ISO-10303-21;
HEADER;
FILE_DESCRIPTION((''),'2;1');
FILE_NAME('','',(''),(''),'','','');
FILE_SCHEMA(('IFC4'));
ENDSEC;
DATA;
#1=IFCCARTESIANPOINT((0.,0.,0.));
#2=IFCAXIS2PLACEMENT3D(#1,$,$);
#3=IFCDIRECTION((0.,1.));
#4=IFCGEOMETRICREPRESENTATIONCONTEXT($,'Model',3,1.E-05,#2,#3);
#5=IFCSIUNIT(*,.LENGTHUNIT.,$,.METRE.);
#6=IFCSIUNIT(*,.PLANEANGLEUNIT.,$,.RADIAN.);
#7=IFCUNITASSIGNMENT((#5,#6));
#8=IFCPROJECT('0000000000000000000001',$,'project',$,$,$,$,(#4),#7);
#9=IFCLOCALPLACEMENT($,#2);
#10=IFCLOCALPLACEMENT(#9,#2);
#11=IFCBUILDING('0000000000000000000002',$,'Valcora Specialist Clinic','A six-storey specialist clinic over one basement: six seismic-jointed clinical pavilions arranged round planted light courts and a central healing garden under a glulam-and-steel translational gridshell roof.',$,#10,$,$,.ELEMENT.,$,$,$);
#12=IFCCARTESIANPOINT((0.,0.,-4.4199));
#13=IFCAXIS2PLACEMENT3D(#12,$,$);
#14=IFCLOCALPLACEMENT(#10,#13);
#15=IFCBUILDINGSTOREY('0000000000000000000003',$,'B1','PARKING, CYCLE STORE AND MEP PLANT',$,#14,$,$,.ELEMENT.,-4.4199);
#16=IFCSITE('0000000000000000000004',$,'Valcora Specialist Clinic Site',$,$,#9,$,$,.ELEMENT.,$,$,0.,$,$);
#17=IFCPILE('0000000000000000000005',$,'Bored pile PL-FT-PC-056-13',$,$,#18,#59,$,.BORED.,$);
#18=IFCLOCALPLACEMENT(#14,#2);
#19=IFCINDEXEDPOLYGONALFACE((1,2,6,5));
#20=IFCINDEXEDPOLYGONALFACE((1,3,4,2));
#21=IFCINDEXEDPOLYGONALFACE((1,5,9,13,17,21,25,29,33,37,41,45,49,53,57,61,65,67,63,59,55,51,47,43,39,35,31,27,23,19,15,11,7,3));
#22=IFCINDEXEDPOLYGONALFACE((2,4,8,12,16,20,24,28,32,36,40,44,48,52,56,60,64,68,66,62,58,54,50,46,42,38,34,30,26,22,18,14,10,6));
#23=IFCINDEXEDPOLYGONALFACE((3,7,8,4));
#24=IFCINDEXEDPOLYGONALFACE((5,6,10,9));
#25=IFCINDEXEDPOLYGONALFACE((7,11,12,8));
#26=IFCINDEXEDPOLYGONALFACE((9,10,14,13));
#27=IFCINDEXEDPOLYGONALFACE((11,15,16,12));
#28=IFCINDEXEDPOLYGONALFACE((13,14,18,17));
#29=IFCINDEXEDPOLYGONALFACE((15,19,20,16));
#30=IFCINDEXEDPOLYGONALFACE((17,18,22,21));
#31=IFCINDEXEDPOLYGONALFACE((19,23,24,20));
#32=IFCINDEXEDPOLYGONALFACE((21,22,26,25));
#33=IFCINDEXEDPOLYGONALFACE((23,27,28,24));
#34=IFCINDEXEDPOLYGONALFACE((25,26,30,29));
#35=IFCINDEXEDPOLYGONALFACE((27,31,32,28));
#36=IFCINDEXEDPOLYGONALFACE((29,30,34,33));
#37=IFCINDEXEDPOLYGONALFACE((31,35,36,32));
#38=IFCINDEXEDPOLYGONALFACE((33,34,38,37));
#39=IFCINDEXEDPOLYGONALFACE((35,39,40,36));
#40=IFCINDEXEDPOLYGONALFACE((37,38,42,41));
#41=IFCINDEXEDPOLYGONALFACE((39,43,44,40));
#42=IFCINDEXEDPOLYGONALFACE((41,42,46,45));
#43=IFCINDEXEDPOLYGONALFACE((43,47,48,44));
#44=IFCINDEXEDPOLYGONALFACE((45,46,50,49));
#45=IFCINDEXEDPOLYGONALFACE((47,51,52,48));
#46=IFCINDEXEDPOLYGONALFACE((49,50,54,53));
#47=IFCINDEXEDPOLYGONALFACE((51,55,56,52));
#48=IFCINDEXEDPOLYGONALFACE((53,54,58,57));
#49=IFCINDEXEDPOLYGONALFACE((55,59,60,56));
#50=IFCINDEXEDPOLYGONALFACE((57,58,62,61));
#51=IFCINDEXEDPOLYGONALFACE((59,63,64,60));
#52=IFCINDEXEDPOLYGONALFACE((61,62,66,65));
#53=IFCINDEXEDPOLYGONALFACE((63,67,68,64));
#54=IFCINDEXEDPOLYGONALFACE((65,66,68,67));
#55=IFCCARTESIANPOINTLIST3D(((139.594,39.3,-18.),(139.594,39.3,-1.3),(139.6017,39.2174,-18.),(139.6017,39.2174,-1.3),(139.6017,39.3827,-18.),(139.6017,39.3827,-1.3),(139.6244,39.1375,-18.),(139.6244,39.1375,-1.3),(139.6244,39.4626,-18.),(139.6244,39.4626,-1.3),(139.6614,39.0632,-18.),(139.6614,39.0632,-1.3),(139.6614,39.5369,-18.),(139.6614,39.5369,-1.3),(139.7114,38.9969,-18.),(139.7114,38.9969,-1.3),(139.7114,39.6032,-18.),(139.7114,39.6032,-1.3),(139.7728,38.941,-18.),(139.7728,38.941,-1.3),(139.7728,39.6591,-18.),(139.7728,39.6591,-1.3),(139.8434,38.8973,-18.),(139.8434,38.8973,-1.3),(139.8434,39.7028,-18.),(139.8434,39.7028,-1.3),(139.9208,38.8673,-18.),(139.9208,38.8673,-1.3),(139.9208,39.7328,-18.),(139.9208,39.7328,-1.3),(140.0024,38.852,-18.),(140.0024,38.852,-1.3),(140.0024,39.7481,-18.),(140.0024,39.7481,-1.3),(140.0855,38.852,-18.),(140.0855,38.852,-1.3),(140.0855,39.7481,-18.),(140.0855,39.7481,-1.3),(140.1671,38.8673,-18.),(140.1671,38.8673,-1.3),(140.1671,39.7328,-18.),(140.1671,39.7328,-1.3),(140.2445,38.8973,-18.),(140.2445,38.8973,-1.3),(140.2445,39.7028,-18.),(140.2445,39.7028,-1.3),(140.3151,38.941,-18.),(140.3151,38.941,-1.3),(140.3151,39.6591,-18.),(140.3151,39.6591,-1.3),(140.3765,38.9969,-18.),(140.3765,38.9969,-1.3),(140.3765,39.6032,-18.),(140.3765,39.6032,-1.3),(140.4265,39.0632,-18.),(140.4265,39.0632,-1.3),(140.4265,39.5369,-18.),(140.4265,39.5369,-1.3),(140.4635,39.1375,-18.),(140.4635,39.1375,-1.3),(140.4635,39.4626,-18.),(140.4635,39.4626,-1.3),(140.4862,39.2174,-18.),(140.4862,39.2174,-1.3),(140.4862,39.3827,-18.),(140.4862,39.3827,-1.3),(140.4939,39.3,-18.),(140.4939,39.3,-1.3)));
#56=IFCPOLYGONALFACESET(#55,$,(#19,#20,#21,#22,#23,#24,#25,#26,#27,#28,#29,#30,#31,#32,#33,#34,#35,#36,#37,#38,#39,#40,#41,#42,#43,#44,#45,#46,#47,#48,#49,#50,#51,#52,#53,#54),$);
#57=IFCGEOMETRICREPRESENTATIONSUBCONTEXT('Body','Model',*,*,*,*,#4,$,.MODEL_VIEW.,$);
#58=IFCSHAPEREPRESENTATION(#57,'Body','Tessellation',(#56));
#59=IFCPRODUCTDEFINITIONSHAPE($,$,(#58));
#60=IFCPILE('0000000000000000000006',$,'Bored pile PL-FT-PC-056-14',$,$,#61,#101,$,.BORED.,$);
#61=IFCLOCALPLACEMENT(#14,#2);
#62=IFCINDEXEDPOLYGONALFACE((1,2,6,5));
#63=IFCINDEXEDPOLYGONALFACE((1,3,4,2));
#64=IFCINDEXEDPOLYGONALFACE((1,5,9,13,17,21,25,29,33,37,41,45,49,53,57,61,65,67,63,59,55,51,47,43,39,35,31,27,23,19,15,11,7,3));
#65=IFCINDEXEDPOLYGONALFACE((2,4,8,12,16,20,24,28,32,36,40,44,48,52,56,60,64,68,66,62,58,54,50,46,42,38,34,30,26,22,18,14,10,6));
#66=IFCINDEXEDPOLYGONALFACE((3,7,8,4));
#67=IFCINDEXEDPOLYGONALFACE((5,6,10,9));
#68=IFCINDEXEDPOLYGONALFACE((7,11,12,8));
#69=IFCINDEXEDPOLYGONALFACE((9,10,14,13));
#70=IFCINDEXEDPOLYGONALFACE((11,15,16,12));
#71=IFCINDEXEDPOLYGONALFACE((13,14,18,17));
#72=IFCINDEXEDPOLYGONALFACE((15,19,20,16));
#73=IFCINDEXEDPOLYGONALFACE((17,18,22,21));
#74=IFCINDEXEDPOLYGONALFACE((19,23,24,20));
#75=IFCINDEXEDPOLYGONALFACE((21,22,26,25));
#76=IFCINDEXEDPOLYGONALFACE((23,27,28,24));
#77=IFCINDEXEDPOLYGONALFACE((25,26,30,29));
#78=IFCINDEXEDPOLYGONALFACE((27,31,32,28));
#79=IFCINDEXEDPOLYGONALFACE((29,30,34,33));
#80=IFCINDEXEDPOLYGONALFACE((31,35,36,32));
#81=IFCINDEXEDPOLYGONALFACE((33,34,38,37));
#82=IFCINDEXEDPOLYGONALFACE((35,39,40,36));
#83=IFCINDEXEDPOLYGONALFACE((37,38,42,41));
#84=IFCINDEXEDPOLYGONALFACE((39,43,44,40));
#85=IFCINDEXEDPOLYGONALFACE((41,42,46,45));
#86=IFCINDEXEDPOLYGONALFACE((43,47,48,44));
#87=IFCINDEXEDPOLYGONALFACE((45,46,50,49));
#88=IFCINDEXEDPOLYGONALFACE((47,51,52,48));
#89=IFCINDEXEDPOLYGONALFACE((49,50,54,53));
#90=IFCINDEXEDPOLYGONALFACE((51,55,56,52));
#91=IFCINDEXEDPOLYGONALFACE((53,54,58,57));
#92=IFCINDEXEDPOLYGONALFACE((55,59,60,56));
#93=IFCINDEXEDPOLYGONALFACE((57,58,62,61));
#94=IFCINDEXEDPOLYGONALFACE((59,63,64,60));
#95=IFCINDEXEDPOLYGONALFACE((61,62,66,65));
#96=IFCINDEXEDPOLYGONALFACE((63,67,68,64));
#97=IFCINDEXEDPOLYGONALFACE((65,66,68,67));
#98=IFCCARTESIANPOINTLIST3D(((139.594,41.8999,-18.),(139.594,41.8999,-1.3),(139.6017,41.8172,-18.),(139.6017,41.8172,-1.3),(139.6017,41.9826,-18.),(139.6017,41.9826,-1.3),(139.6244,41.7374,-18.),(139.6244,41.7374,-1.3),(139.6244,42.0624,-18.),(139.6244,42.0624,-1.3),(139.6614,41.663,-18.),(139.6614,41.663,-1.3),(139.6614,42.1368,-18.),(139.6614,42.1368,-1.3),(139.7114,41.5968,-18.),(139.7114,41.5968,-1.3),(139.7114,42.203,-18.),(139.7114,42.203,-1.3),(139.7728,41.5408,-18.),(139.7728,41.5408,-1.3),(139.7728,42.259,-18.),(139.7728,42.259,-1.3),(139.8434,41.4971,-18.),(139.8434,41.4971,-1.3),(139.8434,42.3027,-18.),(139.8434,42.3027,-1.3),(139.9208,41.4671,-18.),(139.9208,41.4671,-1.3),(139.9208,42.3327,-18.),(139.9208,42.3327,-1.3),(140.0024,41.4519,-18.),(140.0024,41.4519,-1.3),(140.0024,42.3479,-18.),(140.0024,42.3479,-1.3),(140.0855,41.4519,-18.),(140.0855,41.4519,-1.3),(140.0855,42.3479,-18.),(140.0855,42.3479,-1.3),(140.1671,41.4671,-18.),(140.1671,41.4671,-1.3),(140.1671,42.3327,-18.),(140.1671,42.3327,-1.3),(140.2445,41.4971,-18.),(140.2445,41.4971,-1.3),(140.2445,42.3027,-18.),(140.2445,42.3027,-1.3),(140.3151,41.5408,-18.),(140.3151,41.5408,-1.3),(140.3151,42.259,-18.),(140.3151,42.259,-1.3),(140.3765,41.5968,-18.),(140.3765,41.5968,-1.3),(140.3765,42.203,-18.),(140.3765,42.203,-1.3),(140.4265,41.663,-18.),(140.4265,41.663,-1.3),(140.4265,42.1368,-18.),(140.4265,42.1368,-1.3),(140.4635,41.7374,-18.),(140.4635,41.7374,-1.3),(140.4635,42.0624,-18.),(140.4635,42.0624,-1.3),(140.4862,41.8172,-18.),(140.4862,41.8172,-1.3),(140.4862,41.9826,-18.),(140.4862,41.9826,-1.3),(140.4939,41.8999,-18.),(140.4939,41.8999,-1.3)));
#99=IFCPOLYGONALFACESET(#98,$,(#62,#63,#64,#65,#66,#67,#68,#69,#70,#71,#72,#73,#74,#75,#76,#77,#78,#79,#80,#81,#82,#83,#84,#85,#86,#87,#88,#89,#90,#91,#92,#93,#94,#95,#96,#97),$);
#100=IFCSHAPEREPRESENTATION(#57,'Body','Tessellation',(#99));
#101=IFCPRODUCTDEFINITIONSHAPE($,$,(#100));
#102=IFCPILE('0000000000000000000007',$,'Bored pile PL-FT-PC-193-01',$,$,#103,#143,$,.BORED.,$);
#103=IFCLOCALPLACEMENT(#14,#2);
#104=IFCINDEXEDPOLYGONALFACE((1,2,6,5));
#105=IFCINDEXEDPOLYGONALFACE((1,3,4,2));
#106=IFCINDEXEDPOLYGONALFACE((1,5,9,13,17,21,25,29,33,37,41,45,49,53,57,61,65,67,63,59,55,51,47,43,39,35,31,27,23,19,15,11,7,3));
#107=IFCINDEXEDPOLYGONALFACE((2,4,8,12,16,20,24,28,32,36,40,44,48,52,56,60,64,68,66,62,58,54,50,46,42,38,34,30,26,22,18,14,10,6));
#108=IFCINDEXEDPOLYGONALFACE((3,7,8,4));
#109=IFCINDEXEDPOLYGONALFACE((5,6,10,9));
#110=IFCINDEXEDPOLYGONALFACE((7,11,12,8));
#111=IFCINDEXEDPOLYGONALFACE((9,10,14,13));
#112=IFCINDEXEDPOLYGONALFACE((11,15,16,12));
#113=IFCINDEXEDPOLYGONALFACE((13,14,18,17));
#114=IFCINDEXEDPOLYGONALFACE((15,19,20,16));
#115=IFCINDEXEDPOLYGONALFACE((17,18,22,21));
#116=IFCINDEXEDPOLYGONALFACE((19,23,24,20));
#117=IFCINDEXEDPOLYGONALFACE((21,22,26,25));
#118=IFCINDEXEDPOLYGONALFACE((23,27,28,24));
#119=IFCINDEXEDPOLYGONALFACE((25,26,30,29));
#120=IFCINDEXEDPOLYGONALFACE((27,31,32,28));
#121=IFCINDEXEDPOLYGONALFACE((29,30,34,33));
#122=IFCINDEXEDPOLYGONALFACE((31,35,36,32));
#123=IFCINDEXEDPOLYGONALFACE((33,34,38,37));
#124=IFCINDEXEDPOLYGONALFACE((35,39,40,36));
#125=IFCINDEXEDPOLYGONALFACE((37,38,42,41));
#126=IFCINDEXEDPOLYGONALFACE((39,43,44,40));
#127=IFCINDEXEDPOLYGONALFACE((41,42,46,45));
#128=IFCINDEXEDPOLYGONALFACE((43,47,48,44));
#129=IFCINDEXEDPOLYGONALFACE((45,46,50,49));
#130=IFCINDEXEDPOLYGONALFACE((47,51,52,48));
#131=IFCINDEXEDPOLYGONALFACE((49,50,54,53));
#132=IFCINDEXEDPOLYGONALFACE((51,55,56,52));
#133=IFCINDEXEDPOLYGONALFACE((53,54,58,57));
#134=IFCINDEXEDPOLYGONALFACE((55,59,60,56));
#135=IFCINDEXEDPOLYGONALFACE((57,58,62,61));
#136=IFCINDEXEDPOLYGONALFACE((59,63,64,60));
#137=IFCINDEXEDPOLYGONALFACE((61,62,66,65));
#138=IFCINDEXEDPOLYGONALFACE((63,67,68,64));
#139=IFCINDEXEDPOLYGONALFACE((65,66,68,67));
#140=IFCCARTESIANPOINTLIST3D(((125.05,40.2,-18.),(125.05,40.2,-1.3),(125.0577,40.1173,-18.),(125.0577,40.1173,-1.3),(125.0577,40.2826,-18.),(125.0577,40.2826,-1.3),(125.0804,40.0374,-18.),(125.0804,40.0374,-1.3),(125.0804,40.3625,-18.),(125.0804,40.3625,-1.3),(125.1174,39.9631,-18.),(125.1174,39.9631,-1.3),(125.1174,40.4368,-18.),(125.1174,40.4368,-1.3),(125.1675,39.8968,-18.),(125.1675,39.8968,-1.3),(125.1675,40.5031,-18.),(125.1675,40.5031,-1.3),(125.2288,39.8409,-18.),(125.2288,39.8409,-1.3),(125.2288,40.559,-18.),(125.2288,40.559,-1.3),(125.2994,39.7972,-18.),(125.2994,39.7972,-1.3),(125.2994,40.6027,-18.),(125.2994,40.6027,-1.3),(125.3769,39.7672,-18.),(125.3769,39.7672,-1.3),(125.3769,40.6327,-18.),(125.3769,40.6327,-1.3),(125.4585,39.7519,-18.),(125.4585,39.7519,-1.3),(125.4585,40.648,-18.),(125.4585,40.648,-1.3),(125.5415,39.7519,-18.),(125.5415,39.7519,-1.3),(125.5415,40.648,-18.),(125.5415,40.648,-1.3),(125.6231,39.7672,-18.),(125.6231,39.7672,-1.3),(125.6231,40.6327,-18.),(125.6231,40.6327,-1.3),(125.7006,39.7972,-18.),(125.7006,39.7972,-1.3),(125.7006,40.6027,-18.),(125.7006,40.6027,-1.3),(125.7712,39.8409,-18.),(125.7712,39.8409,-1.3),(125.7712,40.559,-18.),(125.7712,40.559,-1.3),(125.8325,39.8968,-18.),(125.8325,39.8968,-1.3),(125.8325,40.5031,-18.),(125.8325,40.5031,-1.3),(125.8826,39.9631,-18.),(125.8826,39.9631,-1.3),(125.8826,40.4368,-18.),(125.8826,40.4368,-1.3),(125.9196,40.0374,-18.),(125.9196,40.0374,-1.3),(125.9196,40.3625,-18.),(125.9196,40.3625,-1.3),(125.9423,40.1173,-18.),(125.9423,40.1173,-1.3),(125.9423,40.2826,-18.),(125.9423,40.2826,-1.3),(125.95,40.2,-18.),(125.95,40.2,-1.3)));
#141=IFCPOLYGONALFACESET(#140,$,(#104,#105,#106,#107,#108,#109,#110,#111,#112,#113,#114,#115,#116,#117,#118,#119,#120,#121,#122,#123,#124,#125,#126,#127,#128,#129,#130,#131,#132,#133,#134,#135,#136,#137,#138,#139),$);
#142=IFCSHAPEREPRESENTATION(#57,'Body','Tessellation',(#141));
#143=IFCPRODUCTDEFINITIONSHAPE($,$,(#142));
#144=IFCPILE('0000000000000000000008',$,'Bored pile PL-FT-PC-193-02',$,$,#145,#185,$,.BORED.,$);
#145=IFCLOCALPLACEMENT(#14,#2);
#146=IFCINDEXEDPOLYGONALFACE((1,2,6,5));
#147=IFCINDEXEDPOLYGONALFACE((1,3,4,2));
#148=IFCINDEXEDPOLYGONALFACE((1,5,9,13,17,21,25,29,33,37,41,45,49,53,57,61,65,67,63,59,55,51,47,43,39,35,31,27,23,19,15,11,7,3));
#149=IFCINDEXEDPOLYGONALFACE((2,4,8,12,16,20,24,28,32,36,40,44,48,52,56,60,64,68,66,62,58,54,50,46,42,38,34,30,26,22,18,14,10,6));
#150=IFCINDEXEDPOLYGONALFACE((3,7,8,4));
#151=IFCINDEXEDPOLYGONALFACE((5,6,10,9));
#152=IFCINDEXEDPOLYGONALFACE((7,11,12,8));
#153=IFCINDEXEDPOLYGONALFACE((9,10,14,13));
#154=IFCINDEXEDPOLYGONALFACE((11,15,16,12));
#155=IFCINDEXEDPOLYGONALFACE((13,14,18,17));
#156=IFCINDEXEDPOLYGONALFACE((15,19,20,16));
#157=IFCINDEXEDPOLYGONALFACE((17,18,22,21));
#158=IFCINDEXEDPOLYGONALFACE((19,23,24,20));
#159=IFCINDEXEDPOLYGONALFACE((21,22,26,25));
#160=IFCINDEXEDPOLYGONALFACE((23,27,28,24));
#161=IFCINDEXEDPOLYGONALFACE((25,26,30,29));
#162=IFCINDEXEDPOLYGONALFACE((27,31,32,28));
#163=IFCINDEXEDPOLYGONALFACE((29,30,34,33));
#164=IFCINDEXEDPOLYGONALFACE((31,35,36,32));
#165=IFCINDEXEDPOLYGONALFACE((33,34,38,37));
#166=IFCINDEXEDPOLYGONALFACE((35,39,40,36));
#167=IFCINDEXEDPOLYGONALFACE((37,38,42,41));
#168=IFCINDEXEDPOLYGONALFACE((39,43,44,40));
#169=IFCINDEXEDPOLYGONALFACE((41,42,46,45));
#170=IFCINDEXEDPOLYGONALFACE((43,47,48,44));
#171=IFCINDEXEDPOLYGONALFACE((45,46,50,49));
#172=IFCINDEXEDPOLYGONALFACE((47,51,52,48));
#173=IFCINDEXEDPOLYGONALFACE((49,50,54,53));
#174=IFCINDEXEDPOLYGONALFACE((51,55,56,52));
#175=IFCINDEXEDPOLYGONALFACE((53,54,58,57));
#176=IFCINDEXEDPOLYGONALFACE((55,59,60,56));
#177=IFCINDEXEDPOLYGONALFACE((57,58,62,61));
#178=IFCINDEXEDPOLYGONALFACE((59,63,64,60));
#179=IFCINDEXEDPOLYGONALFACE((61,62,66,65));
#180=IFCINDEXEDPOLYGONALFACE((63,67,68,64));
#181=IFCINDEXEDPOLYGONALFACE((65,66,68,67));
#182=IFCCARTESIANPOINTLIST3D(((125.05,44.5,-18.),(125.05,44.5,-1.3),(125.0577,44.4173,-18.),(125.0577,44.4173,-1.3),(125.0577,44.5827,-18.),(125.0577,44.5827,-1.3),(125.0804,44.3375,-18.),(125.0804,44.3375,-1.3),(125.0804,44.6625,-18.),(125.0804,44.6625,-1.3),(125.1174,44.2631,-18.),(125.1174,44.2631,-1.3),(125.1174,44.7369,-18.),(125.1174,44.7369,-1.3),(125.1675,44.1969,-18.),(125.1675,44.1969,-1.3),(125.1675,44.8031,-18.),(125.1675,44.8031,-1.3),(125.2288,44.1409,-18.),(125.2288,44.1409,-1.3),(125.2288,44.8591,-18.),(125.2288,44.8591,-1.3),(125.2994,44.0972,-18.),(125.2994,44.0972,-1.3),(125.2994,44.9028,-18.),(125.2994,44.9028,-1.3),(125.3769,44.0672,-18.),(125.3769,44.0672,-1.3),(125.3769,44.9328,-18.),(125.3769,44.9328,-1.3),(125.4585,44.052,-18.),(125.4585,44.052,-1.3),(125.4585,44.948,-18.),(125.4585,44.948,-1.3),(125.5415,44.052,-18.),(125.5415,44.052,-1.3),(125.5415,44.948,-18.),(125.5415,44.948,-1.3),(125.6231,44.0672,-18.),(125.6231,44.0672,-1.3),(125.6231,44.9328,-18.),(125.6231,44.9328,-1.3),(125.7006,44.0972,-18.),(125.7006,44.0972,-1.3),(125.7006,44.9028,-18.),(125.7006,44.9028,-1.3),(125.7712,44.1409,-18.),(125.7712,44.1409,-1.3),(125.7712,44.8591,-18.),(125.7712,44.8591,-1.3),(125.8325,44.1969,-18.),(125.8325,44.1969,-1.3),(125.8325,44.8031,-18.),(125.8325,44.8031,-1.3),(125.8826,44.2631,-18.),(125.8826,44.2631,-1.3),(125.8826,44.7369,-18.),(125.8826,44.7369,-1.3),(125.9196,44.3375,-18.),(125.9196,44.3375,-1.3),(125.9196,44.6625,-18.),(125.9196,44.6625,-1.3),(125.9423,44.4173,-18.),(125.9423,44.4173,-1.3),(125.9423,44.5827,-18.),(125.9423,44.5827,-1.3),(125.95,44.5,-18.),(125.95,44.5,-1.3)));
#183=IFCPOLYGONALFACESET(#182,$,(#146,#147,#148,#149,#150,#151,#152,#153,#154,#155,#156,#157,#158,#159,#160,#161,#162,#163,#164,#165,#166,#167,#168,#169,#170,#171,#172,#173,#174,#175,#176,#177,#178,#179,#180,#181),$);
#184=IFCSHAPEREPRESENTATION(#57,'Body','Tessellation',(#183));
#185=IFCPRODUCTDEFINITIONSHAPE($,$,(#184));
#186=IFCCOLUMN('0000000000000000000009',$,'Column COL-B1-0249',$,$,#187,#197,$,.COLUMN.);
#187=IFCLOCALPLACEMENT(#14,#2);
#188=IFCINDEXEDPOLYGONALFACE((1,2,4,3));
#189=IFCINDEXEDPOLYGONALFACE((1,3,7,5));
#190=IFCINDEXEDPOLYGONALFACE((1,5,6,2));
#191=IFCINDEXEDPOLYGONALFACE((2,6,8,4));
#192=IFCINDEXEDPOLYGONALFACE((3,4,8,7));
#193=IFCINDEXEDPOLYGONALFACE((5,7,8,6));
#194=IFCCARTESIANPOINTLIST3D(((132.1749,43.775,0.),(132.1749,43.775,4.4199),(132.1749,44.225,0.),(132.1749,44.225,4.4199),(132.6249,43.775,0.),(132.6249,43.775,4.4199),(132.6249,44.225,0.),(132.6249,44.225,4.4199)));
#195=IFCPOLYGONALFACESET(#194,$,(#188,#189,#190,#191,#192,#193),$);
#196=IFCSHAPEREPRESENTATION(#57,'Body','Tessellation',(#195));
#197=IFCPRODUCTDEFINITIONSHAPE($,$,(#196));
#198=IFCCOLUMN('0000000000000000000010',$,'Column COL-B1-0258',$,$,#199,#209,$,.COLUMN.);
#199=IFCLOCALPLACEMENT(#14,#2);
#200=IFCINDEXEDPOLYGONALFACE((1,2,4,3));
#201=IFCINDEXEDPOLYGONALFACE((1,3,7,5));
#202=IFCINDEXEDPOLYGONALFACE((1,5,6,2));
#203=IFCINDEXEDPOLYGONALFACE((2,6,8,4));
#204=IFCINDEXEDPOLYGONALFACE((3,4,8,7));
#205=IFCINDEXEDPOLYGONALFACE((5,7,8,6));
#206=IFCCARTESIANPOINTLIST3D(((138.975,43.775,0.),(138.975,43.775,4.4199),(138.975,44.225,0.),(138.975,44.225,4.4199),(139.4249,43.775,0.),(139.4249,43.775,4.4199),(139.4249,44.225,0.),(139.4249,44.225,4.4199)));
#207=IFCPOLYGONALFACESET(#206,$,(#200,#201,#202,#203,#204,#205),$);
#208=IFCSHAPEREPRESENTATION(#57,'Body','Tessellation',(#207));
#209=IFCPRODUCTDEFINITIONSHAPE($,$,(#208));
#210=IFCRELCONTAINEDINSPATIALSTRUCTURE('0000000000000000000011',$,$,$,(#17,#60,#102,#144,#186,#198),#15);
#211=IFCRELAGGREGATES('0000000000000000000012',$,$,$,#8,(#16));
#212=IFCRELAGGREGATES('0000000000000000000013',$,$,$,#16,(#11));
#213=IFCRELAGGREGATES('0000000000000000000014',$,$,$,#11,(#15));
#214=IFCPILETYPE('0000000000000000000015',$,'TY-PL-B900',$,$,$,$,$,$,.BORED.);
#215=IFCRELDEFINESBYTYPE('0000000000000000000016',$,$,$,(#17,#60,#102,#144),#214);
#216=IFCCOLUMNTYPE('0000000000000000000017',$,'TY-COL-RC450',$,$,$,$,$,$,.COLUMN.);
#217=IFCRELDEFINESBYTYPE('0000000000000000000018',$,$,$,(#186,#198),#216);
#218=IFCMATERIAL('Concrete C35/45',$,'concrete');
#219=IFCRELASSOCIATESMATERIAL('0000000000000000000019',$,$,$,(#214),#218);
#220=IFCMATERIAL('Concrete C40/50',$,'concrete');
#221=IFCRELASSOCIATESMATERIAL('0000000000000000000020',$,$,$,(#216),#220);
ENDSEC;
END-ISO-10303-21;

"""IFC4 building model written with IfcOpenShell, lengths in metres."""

from ifc_helpers import new_model, si_unit, direction, frame, origin, origin_2d, place, context, subcontext, project, spatial, rectangle, circle, extrude, material, material_profile, profile_set, type_object, element, save


model = new_model("IFC4")

# Units and contexts
model_context = context("Model", 3, precision=1e-05, world=origin(), true_north=direction((0.0, 1.0)))
body_context = subcontext(model_context, "Body", "Model", "MODEL_VIEW")
ifc_project = project(units=[si_unit("LENGTHUNIT", "METRE"), si_unit("PLANEANGLEUNIT", "RADIAN")], contexts=[model_context])

# Site, building, storey
site_placement = place(None, origin())
site = spatial("IfcSite", under=ifc_project, at=site_placement, Name="Valcora Specialist Clinic Site", CompositionType="ELEMENT", RefElevation=0.0)
building_placement = place(site_placement, origin())
building = spatial("IfcBuilding", under=site, at=building_placement, Name="Valcora Specialist Clinic", Description="A six-storey specialist clinic over one basement: six seismic-jointed clinical pavilions arranged round planted light courts and a central healing garden under a glulam-and-steel translational gridshell roof.", CompositionType="ELEMENT")
storey_placement = place(building_placement, frame((0.0, 0.0, -4.4199)))
storey = spatial("IfcBuildingStorey", under=building, at=storey_placement, Name="B1", Description="PARKING, CYCLE STORE AND MEP PLANT", CompositionType="ELEMENT", Elevation=-4.4199)

# Piles
ifc_material_1 = material(Name="Concrete C35/45", Category="concrete")
ifc_material_profile_1 = material_profile(ifc_material_1, circle(Radius=0.45, at=origin_2d()), Name="RC-PIL-D900")
ifc_profile_set_1 = profile_set([ifc_material_profile_1], Name="Concrete C35/45")
pile_type = type_object("IfcPileType", Name="TY-PL-B900", PredefinedType="BORED", material=ifc_profile_set_1)
for number, where, z_axis, x_axis, name in (
    (1, (140.0439, 39.3, -1.3), (0.0, 0.0, -1.0), (1.0, 0.0, 0.0), "Bored pile PL-FT-PC-056-13"),
    (2, (140.0439, 41.8999, -1.3), (0.0, 0.0, -1.0), (1.0, 0.0, 0.0), "Bored pile PL-FT-PC-056-14"),
    (3, (125.5, 40.2, -1.3), (0.0, 0.0, -1.0), (1.0, 0.0, 0.0), "Bored pile PL-FT-PC-193-01"),
    (4, (125.5, 44.5, -1.3), (0.0, 0.0, -1.0), (1.0, 0.0, 0.0), "Bored pile PL-FT-PC-193-02"),
):
    element("IfcPile", number, at=place(storey_placement, frame(where, z_axis=z_axis, x_axis=x_axis)), inside=storey, type_object=pile_type, Name=name, PredefinedType="BORED", context=body_context, shape_type="SweptSolid", body=[
        extrude(circle(Radius=0.45, at=origin_2d()), origin(), (0.0, 0.0, 1.0), 16.7),
    ])

# Columns
ifc_material_2 = material(Name="Concrete C40/50", Category="concrete")
ifc_material_profile_2 = material_profile(ifc_material_2, rectangle(XDim=0.45, YDim=0.45, at=origin_2d()), Name="RC-COL-450X450")
ifc_profile_set_2 = profile_set([ifc_material_profile_2], Name="Concrete C40/50")
column_type = type_object("IfcColumnType", Name="TY-COL-RC450", PredefinedType="COLUMN", material=ifc_profile_set_2)
for number, where, z_axis, x_axis, name in (
    (5, (132.3999, 44.0, 0.0), (0.0, 0.0, 1.0), (1.0, 0.0, 0.0), "Column COL-B1-0249"),
    (6, (139.2, 44.0, 0.0), (0.0, 0.0, 1.0), (1.0, 0.0, 0.0), "Column COL-B1-0258"),
):
    element("IfcColumn", number, at=place(storey_placement, frame(where, z_axis=z_axis, x_axis=x_axis)), inside=storey, type_object=column_type, Name=name, PredefinedType="COLUMN", context=body_context, shape_type="SweptSolid", body=[
        extrude(rectangle(XDim=0.45, YDim=0.45, at=origin_2d()), origin(), (0.0, 0.0, 1.0), 4.4199),
    ])

save(model, "model.ifc")
